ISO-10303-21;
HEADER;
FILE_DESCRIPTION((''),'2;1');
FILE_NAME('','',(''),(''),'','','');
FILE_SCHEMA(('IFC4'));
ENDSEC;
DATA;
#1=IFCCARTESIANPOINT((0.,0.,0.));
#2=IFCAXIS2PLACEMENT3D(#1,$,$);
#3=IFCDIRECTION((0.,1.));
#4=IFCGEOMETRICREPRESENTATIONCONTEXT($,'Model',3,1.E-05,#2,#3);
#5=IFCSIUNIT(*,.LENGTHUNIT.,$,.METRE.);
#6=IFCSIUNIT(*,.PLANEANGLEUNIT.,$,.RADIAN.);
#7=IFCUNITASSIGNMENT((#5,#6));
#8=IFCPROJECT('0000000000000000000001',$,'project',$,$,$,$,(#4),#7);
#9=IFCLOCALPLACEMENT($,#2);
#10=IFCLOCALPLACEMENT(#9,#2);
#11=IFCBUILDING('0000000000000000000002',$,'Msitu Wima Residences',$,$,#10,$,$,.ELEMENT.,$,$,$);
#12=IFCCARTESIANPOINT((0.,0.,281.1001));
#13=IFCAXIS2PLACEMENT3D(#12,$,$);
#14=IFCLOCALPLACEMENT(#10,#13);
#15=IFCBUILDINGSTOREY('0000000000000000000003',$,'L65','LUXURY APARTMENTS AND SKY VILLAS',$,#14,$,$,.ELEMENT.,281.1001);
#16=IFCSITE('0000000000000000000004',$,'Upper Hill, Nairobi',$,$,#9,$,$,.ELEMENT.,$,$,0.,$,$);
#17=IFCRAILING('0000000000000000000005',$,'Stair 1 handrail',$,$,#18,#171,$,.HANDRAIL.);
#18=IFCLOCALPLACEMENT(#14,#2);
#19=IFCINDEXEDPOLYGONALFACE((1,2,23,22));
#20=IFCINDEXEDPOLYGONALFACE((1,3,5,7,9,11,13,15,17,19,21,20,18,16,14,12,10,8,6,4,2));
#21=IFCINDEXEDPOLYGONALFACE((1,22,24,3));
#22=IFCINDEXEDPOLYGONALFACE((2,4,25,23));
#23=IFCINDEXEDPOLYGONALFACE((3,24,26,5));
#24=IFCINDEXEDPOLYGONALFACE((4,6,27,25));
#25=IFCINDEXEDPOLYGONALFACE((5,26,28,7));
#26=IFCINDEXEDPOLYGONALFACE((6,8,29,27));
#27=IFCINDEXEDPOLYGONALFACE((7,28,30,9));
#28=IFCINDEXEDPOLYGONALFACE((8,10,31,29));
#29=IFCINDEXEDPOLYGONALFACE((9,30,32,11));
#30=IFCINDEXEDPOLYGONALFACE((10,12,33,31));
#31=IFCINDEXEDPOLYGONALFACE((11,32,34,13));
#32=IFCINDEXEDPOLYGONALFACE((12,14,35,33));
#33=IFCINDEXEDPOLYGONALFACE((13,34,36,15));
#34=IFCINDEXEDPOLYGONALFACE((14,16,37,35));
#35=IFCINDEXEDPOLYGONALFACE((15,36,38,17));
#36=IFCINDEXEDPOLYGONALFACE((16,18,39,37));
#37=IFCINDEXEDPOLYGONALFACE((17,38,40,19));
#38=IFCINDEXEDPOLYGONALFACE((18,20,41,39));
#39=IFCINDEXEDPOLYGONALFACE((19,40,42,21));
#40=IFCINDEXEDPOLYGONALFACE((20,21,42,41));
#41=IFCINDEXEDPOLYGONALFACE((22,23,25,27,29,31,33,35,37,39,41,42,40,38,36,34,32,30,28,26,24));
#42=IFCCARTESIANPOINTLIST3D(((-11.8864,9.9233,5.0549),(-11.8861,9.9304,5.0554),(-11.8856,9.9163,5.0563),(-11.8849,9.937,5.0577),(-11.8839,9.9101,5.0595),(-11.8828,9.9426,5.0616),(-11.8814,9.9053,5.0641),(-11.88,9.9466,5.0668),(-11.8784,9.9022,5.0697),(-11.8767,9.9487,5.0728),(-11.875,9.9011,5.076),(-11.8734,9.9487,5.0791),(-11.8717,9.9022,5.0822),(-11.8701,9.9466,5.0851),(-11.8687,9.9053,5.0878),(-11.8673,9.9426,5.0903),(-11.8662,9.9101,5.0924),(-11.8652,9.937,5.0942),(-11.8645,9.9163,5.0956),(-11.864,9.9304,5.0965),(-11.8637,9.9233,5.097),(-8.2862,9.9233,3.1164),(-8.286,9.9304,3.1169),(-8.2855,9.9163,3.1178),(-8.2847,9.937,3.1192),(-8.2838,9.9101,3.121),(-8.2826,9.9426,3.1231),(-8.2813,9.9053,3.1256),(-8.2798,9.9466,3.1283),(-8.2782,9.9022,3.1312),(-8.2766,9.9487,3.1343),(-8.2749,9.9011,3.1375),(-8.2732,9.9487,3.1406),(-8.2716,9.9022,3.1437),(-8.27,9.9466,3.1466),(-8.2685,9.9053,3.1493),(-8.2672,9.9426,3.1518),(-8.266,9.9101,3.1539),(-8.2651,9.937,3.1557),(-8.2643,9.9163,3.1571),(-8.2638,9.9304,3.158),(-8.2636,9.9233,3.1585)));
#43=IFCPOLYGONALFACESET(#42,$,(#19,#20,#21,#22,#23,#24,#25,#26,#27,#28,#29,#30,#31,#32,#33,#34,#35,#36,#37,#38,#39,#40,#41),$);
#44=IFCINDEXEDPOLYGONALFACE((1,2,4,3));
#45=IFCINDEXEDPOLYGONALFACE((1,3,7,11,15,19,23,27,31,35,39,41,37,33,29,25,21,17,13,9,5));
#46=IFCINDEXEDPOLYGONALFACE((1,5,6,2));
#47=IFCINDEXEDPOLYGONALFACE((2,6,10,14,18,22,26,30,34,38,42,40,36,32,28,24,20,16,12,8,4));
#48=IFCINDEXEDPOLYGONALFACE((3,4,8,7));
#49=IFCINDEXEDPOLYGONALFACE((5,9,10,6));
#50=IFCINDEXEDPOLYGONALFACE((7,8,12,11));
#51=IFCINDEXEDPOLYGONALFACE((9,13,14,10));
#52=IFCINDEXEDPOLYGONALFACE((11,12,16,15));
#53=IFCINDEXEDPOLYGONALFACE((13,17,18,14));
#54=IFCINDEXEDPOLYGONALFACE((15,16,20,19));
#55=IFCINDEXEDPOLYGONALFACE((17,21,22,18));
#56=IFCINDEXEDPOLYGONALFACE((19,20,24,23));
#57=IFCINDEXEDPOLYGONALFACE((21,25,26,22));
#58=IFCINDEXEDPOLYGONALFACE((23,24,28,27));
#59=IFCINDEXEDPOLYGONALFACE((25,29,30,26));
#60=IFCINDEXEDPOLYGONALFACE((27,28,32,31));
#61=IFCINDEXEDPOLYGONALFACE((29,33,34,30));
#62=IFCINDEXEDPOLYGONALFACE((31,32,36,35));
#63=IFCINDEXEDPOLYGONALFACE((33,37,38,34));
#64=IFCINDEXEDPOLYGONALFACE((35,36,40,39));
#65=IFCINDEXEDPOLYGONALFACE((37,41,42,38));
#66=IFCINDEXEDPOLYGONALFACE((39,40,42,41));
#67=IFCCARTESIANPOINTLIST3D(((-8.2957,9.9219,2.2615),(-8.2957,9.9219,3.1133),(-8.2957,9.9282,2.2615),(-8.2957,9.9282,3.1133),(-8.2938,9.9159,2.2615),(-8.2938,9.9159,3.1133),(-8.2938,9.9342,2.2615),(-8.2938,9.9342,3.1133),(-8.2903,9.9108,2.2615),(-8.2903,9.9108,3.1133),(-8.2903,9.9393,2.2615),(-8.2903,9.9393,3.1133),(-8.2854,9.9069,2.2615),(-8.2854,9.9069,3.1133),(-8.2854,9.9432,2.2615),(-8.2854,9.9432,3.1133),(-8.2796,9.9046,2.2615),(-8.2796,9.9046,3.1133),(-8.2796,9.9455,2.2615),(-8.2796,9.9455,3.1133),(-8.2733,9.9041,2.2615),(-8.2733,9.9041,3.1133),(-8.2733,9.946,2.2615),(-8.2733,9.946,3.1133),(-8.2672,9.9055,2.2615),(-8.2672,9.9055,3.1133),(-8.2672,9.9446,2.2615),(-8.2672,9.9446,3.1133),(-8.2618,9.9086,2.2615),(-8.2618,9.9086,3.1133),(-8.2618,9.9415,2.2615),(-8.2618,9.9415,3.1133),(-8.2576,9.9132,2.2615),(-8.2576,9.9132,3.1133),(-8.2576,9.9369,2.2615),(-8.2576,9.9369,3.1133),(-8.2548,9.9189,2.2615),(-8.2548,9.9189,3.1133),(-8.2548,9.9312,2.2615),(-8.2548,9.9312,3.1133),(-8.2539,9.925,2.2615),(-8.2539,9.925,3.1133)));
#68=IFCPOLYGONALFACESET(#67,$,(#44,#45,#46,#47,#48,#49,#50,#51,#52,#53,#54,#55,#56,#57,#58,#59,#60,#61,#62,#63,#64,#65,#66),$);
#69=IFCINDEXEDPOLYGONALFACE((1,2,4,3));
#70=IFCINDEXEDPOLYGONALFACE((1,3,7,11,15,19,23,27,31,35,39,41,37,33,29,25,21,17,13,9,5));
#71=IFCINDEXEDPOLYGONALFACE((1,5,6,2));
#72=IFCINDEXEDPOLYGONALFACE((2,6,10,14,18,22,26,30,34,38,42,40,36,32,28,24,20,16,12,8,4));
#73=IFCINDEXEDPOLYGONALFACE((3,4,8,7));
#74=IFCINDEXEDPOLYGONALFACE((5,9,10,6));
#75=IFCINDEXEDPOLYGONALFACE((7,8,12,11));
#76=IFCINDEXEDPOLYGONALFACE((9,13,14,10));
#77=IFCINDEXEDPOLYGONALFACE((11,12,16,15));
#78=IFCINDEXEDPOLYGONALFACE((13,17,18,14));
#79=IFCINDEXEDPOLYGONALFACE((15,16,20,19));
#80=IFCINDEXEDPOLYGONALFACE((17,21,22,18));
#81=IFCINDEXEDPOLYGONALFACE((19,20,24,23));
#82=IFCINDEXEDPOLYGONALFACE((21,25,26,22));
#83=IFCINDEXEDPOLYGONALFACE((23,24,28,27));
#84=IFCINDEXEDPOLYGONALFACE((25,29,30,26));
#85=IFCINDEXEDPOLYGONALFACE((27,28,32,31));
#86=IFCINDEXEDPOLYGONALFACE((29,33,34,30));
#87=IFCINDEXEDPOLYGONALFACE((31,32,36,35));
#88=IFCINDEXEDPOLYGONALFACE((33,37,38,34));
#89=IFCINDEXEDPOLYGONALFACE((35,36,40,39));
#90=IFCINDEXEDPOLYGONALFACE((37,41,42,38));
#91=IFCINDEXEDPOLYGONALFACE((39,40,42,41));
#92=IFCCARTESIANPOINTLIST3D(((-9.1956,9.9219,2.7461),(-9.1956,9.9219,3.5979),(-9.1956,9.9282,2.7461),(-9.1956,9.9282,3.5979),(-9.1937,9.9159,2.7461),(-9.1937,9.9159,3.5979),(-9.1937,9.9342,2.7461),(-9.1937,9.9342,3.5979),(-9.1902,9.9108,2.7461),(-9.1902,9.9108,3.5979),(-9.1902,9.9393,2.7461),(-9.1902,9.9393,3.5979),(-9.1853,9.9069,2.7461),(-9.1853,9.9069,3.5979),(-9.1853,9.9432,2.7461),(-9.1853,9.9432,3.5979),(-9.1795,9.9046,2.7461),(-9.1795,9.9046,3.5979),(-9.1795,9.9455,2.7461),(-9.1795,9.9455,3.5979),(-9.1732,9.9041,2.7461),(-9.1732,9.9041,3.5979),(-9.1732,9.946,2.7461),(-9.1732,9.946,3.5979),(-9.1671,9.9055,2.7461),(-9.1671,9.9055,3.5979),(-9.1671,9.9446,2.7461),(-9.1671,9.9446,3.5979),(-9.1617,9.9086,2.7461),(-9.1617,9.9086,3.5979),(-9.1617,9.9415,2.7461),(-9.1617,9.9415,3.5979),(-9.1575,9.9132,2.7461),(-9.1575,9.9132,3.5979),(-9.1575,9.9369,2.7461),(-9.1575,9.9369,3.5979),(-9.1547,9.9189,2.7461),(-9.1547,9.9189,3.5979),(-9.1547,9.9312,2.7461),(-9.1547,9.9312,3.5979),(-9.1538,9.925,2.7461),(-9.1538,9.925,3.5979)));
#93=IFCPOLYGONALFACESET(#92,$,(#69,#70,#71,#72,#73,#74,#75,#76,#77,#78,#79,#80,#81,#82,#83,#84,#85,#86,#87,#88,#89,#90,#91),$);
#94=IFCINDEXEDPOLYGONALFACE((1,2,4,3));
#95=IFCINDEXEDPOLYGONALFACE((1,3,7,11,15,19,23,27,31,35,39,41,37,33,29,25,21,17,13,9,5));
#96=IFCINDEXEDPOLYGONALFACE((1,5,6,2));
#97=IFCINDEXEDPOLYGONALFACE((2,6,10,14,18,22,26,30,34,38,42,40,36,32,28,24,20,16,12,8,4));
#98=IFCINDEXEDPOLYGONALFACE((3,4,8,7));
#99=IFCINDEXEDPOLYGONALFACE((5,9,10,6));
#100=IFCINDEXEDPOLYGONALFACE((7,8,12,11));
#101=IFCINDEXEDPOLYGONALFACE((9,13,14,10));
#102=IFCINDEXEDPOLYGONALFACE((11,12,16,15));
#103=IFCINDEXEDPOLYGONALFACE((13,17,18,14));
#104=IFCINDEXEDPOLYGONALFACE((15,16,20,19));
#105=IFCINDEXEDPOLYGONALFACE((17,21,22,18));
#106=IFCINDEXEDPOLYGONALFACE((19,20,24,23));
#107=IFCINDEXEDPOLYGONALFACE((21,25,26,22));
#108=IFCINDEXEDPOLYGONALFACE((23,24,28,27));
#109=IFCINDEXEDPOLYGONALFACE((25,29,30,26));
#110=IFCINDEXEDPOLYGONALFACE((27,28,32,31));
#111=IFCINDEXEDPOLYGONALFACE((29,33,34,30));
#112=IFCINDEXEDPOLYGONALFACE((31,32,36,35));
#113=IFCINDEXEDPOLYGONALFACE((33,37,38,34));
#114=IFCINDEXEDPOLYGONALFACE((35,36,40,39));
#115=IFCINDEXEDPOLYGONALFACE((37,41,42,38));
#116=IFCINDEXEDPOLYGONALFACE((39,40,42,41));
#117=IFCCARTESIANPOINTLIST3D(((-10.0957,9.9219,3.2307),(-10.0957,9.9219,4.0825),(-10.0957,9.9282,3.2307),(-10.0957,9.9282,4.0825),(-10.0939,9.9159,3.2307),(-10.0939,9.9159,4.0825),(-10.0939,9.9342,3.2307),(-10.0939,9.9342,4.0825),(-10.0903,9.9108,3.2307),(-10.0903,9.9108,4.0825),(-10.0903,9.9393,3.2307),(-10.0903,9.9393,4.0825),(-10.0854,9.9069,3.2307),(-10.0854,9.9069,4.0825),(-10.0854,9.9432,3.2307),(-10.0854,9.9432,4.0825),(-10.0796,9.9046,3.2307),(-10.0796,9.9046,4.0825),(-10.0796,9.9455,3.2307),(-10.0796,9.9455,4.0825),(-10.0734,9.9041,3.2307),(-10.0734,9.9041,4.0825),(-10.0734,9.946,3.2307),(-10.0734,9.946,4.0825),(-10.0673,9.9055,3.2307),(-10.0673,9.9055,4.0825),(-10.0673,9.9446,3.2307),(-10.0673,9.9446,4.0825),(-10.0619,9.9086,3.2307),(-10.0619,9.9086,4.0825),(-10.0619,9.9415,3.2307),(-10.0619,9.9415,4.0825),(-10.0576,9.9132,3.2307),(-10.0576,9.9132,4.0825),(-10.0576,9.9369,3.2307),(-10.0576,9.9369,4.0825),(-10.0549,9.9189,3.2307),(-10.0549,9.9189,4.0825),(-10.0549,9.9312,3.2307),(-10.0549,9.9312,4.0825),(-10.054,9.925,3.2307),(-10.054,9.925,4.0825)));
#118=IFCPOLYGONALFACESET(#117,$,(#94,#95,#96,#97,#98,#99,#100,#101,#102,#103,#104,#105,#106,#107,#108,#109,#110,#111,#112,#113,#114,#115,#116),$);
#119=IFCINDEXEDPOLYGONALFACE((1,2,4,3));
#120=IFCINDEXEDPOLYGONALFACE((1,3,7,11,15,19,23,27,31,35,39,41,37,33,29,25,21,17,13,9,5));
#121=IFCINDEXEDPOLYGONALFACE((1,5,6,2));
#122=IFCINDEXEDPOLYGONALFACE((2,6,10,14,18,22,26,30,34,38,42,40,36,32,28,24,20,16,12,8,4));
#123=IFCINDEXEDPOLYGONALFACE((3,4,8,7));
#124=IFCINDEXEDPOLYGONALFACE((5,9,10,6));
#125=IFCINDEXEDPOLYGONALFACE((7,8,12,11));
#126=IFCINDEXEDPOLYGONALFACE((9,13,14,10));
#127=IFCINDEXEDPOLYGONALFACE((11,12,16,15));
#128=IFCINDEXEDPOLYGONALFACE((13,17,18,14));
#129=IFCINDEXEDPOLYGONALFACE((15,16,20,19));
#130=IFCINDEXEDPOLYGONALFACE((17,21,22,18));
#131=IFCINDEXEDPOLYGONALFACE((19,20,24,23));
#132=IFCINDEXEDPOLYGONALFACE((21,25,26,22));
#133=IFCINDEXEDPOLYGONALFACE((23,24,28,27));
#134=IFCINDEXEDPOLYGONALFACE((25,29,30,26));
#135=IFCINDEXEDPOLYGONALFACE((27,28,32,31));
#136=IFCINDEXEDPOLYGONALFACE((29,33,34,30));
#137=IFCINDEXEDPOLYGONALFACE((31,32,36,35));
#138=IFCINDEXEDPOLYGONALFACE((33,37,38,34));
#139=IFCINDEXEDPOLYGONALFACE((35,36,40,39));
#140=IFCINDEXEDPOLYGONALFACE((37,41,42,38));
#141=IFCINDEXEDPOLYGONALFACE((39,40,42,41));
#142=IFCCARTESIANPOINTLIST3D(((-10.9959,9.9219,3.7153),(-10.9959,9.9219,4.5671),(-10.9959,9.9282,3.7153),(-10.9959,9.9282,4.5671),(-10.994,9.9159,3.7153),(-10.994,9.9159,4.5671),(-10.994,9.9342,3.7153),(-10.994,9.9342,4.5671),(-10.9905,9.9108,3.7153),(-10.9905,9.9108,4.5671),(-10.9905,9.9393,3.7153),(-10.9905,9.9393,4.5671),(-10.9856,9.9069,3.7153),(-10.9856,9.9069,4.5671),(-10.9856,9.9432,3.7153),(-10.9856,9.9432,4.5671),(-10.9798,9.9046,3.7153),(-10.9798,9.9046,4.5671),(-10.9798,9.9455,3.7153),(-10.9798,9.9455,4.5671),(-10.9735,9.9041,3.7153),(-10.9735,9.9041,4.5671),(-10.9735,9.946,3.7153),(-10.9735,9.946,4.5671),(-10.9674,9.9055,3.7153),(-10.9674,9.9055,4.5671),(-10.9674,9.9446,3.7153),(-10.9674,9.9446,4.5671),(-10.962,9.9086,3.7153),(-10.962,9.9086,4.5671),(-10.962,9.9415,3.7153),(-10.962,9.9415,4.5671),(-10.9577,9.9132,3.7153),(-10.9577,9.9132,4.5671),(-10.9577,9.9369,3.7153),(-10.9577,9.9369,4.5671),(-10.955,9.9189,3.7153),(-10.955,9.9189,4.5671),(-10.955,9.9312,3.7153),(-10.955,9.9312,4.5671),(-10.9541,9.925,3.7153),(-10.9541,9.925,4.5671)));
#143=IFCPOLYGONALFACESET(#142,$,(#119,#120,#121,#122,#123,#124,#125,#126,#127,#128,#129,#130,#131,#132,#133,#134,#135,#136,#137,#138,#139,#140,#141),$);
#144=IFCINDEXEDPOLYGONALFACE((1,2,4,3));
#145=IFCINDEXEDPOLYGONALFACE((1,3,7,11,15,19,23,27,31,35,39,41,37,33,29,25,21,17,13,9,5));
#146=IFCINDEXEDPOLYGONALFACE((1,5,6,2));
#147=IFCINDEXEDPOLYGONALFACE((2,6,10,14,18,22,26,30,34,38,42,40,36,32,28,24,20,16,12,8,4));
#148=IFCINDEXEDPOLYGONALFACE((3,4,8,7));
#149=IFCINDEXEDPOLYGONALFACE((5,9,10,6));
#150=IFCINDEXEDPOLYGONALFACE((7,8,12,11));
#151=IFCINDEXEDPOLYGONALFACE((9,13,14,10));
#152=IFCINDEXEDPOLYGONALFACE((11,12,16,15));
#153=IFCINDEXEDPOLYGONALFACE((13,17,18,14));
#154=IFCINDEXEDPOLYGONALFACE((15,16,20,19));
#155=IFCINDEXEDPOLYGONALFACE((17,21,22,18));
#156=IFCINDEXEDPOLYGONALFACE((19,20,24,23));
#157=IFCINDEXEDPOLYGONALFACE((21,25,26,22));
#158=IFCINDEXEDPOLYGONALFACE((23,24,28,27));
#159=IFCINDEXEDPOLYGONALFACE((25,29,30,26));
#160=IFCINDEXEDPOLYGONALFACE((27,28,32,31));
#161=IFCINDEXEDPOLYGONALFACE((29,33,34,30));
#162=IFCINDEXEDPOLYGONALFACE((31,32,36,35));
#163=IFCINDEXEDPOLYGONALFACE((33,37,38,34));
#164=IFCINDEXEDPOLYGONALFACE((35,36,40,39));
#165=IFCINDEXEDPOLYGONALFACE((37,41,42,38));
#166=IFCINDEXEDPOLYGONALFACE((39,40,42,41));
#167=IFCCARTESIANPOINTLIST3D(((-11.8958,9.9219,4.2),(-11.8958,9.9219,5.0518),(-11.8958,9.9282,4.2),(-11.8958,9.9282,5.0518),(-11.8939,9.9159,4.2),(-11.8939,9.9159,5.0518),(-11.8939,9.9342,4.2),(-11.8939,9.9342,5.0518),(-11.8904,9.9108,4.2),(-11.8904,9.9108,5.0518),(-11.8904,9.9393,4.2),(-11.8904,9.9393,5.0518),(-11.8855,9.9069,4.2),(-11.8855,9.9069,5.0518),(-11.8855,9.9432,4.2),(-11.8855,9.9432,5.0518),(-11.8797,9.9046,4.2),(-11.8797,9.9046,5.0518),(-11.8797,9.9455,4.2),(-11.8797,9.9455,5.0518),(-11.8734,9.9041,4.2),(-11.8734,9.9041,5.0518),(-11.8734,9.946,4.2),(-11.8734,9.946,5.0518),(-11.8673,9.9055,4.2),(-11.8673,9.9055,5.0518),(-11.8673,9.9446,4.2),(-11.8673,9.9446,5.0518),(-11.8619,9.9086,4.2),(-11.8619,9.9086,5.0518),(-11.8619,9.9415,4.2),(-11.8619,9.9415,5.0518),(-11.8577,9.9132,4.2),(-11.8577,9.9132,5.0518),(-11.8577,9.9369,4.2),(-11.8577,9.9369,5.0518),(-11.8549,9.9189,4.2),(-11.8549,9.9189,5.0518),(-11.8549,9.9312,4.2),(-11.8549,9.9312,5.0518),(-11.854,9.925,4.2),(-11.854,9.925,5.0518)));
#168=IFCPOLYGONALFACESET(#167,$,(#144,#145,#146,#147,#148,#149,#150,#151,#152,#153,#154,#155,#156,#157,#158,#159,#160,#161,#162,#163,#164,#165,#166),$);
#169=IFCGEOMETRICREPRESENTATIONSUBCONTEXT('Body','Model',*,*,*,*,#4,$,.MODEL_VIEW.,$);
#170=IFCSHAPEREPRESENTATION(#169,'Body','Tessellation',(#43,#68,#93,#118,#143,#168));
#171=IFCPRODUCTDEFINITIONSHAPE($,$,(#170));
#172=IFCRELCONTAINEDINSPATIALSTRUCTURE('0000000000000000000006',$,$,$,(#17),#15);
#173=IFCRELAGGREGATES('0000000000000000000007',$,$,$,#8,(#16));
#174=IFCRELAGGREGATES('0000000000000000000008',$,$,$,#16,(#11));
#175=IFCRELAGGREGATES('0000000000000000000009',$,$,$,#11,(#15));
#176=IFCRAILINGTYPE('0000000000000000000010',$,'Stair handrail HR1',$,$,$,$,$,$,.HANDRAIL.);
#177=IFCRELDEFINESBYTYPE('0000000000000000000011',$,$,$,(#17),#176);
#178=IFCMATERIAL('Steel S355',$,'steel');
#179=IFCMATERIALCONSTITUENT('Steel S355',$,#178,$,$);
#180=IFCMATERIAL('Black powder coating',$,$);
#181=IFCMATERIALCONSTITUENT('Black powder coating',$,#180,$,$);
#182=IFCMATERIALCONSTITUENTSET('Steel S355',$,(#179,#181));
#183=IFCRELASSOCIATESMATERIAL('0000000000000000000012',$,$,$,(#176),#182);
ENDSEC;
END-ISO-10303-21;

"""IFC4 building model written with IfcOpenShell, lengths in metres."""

from ifc_helpers import new_model, si_unit, direction, frame, origin, origin_2d, place, context, subcontext, project, spatial, circle, extrude, material, constituent, constituent_set, type_object, element, save


model = new_model("IFC4")

# Units and contexts
model_context = context("Model", 3, precision=1e-05, world=origin(), true_north=direction((0.0, 1.0)))
body_context = subcontext(model_context, "Body", "Model", "MODEL_VIEW")
ifc_project = project(units=[si_unit("LENGTHUNIT", "METRE"), si_unit("PLANEANGLEUNIT", "RADIAN")], contexts=[model_context])

# Site, building, storey
site_placement = place(None, origin())
site = spatial("IfcSite", under=ifc_project, at=site_placement, Name="Upper Hill, Nairobi", CompositionType="ELEMENT", RefElevation=0.0)
building_placement = place(site_placement, origin())
building = spatial("IfcBuilding", under=site, at=building_placement, Name="Msitu Wima Residences", CompositionType="ELEMENT")
storey_placement = place(building_placement, frame((0.0, 0.0, 281.1001)))
storey = spatial("IfcBuildingStorey", under=building, at=storey_placement, Name="L65", Description="LUXURY APARTMENTS AND SKY VILLAS", CompositionType="ELEMENT", Elevation=281.1001)

# Railing
ifc_material_1 = material(Name="Steel S355", Category="steel")
ifc_constituent_1 = constituent(ifc_material_1, Name="Steel S355")
ifc_material_2 = material(Name="Black powder coating")
ifc_constituent_2 = constituent(ifc_material_2, Name="Black powder coating")
ifc_constituent_set = constituent_set(constituents=[ifc_constituent_1, ifc_constituent_2], Name="Steel S355")
railing_type = type_object("IfcRailingType", Name="Stair handrail HR1", PredefinedType="HANDRAIL", material=ifc_constituent_set)
for number, where, name in (
    (1, (-8.2749, 9.925, 2.2615), "Stair 1 handrail"),
):
    element("IfcRailing", number, at=place(storey_placement, frame(where)), inside=storey, type_object=railing_type, Name=name, PredefinedType="HANDRAIL", context=body_context, shape_type="SweptSolid", body=[
        extrude(circle(Radius=0.0239, at=origin_2d()), frame((0.0, 0.0, 0.876), z_axis=(-0.880475, 0.0, 0.474093), x_axis=(0.0, -1.0, 0.0)), (0.0, 0.0, 1.0), 4.0889),
        extrude(circle(Radius=0.021, at=origin_2d()), origin(), (0.0, 0.0, 1.0), 0.8518),
        extrude(circle(Radius=0.021, at=origin_2d()), frame((-0.8999, 0.0, 0.4846)), (0.0, 0.0, 1.0), 0.8518),
        extrude(circle(Radius=0.021, at=origin_2d()), frame((-1.8, 0.0, 0.9692)), (0.0, 0.0, 1.0), 0.8518),
        extrude(circle(Radius=0.021, at=origin_2d()), frame((-2.7002, 0.0, 1.4539)), (0.0, 0.0, 1.0), 0.8518),
        extrude(circle(Radius=0.021, at=origin_2d()), frame((-3.6001, 0.0, 1.9385)), (0.0, 0.0, 1.0), 0.8518),
    ])

save(model, "model.ifc")
